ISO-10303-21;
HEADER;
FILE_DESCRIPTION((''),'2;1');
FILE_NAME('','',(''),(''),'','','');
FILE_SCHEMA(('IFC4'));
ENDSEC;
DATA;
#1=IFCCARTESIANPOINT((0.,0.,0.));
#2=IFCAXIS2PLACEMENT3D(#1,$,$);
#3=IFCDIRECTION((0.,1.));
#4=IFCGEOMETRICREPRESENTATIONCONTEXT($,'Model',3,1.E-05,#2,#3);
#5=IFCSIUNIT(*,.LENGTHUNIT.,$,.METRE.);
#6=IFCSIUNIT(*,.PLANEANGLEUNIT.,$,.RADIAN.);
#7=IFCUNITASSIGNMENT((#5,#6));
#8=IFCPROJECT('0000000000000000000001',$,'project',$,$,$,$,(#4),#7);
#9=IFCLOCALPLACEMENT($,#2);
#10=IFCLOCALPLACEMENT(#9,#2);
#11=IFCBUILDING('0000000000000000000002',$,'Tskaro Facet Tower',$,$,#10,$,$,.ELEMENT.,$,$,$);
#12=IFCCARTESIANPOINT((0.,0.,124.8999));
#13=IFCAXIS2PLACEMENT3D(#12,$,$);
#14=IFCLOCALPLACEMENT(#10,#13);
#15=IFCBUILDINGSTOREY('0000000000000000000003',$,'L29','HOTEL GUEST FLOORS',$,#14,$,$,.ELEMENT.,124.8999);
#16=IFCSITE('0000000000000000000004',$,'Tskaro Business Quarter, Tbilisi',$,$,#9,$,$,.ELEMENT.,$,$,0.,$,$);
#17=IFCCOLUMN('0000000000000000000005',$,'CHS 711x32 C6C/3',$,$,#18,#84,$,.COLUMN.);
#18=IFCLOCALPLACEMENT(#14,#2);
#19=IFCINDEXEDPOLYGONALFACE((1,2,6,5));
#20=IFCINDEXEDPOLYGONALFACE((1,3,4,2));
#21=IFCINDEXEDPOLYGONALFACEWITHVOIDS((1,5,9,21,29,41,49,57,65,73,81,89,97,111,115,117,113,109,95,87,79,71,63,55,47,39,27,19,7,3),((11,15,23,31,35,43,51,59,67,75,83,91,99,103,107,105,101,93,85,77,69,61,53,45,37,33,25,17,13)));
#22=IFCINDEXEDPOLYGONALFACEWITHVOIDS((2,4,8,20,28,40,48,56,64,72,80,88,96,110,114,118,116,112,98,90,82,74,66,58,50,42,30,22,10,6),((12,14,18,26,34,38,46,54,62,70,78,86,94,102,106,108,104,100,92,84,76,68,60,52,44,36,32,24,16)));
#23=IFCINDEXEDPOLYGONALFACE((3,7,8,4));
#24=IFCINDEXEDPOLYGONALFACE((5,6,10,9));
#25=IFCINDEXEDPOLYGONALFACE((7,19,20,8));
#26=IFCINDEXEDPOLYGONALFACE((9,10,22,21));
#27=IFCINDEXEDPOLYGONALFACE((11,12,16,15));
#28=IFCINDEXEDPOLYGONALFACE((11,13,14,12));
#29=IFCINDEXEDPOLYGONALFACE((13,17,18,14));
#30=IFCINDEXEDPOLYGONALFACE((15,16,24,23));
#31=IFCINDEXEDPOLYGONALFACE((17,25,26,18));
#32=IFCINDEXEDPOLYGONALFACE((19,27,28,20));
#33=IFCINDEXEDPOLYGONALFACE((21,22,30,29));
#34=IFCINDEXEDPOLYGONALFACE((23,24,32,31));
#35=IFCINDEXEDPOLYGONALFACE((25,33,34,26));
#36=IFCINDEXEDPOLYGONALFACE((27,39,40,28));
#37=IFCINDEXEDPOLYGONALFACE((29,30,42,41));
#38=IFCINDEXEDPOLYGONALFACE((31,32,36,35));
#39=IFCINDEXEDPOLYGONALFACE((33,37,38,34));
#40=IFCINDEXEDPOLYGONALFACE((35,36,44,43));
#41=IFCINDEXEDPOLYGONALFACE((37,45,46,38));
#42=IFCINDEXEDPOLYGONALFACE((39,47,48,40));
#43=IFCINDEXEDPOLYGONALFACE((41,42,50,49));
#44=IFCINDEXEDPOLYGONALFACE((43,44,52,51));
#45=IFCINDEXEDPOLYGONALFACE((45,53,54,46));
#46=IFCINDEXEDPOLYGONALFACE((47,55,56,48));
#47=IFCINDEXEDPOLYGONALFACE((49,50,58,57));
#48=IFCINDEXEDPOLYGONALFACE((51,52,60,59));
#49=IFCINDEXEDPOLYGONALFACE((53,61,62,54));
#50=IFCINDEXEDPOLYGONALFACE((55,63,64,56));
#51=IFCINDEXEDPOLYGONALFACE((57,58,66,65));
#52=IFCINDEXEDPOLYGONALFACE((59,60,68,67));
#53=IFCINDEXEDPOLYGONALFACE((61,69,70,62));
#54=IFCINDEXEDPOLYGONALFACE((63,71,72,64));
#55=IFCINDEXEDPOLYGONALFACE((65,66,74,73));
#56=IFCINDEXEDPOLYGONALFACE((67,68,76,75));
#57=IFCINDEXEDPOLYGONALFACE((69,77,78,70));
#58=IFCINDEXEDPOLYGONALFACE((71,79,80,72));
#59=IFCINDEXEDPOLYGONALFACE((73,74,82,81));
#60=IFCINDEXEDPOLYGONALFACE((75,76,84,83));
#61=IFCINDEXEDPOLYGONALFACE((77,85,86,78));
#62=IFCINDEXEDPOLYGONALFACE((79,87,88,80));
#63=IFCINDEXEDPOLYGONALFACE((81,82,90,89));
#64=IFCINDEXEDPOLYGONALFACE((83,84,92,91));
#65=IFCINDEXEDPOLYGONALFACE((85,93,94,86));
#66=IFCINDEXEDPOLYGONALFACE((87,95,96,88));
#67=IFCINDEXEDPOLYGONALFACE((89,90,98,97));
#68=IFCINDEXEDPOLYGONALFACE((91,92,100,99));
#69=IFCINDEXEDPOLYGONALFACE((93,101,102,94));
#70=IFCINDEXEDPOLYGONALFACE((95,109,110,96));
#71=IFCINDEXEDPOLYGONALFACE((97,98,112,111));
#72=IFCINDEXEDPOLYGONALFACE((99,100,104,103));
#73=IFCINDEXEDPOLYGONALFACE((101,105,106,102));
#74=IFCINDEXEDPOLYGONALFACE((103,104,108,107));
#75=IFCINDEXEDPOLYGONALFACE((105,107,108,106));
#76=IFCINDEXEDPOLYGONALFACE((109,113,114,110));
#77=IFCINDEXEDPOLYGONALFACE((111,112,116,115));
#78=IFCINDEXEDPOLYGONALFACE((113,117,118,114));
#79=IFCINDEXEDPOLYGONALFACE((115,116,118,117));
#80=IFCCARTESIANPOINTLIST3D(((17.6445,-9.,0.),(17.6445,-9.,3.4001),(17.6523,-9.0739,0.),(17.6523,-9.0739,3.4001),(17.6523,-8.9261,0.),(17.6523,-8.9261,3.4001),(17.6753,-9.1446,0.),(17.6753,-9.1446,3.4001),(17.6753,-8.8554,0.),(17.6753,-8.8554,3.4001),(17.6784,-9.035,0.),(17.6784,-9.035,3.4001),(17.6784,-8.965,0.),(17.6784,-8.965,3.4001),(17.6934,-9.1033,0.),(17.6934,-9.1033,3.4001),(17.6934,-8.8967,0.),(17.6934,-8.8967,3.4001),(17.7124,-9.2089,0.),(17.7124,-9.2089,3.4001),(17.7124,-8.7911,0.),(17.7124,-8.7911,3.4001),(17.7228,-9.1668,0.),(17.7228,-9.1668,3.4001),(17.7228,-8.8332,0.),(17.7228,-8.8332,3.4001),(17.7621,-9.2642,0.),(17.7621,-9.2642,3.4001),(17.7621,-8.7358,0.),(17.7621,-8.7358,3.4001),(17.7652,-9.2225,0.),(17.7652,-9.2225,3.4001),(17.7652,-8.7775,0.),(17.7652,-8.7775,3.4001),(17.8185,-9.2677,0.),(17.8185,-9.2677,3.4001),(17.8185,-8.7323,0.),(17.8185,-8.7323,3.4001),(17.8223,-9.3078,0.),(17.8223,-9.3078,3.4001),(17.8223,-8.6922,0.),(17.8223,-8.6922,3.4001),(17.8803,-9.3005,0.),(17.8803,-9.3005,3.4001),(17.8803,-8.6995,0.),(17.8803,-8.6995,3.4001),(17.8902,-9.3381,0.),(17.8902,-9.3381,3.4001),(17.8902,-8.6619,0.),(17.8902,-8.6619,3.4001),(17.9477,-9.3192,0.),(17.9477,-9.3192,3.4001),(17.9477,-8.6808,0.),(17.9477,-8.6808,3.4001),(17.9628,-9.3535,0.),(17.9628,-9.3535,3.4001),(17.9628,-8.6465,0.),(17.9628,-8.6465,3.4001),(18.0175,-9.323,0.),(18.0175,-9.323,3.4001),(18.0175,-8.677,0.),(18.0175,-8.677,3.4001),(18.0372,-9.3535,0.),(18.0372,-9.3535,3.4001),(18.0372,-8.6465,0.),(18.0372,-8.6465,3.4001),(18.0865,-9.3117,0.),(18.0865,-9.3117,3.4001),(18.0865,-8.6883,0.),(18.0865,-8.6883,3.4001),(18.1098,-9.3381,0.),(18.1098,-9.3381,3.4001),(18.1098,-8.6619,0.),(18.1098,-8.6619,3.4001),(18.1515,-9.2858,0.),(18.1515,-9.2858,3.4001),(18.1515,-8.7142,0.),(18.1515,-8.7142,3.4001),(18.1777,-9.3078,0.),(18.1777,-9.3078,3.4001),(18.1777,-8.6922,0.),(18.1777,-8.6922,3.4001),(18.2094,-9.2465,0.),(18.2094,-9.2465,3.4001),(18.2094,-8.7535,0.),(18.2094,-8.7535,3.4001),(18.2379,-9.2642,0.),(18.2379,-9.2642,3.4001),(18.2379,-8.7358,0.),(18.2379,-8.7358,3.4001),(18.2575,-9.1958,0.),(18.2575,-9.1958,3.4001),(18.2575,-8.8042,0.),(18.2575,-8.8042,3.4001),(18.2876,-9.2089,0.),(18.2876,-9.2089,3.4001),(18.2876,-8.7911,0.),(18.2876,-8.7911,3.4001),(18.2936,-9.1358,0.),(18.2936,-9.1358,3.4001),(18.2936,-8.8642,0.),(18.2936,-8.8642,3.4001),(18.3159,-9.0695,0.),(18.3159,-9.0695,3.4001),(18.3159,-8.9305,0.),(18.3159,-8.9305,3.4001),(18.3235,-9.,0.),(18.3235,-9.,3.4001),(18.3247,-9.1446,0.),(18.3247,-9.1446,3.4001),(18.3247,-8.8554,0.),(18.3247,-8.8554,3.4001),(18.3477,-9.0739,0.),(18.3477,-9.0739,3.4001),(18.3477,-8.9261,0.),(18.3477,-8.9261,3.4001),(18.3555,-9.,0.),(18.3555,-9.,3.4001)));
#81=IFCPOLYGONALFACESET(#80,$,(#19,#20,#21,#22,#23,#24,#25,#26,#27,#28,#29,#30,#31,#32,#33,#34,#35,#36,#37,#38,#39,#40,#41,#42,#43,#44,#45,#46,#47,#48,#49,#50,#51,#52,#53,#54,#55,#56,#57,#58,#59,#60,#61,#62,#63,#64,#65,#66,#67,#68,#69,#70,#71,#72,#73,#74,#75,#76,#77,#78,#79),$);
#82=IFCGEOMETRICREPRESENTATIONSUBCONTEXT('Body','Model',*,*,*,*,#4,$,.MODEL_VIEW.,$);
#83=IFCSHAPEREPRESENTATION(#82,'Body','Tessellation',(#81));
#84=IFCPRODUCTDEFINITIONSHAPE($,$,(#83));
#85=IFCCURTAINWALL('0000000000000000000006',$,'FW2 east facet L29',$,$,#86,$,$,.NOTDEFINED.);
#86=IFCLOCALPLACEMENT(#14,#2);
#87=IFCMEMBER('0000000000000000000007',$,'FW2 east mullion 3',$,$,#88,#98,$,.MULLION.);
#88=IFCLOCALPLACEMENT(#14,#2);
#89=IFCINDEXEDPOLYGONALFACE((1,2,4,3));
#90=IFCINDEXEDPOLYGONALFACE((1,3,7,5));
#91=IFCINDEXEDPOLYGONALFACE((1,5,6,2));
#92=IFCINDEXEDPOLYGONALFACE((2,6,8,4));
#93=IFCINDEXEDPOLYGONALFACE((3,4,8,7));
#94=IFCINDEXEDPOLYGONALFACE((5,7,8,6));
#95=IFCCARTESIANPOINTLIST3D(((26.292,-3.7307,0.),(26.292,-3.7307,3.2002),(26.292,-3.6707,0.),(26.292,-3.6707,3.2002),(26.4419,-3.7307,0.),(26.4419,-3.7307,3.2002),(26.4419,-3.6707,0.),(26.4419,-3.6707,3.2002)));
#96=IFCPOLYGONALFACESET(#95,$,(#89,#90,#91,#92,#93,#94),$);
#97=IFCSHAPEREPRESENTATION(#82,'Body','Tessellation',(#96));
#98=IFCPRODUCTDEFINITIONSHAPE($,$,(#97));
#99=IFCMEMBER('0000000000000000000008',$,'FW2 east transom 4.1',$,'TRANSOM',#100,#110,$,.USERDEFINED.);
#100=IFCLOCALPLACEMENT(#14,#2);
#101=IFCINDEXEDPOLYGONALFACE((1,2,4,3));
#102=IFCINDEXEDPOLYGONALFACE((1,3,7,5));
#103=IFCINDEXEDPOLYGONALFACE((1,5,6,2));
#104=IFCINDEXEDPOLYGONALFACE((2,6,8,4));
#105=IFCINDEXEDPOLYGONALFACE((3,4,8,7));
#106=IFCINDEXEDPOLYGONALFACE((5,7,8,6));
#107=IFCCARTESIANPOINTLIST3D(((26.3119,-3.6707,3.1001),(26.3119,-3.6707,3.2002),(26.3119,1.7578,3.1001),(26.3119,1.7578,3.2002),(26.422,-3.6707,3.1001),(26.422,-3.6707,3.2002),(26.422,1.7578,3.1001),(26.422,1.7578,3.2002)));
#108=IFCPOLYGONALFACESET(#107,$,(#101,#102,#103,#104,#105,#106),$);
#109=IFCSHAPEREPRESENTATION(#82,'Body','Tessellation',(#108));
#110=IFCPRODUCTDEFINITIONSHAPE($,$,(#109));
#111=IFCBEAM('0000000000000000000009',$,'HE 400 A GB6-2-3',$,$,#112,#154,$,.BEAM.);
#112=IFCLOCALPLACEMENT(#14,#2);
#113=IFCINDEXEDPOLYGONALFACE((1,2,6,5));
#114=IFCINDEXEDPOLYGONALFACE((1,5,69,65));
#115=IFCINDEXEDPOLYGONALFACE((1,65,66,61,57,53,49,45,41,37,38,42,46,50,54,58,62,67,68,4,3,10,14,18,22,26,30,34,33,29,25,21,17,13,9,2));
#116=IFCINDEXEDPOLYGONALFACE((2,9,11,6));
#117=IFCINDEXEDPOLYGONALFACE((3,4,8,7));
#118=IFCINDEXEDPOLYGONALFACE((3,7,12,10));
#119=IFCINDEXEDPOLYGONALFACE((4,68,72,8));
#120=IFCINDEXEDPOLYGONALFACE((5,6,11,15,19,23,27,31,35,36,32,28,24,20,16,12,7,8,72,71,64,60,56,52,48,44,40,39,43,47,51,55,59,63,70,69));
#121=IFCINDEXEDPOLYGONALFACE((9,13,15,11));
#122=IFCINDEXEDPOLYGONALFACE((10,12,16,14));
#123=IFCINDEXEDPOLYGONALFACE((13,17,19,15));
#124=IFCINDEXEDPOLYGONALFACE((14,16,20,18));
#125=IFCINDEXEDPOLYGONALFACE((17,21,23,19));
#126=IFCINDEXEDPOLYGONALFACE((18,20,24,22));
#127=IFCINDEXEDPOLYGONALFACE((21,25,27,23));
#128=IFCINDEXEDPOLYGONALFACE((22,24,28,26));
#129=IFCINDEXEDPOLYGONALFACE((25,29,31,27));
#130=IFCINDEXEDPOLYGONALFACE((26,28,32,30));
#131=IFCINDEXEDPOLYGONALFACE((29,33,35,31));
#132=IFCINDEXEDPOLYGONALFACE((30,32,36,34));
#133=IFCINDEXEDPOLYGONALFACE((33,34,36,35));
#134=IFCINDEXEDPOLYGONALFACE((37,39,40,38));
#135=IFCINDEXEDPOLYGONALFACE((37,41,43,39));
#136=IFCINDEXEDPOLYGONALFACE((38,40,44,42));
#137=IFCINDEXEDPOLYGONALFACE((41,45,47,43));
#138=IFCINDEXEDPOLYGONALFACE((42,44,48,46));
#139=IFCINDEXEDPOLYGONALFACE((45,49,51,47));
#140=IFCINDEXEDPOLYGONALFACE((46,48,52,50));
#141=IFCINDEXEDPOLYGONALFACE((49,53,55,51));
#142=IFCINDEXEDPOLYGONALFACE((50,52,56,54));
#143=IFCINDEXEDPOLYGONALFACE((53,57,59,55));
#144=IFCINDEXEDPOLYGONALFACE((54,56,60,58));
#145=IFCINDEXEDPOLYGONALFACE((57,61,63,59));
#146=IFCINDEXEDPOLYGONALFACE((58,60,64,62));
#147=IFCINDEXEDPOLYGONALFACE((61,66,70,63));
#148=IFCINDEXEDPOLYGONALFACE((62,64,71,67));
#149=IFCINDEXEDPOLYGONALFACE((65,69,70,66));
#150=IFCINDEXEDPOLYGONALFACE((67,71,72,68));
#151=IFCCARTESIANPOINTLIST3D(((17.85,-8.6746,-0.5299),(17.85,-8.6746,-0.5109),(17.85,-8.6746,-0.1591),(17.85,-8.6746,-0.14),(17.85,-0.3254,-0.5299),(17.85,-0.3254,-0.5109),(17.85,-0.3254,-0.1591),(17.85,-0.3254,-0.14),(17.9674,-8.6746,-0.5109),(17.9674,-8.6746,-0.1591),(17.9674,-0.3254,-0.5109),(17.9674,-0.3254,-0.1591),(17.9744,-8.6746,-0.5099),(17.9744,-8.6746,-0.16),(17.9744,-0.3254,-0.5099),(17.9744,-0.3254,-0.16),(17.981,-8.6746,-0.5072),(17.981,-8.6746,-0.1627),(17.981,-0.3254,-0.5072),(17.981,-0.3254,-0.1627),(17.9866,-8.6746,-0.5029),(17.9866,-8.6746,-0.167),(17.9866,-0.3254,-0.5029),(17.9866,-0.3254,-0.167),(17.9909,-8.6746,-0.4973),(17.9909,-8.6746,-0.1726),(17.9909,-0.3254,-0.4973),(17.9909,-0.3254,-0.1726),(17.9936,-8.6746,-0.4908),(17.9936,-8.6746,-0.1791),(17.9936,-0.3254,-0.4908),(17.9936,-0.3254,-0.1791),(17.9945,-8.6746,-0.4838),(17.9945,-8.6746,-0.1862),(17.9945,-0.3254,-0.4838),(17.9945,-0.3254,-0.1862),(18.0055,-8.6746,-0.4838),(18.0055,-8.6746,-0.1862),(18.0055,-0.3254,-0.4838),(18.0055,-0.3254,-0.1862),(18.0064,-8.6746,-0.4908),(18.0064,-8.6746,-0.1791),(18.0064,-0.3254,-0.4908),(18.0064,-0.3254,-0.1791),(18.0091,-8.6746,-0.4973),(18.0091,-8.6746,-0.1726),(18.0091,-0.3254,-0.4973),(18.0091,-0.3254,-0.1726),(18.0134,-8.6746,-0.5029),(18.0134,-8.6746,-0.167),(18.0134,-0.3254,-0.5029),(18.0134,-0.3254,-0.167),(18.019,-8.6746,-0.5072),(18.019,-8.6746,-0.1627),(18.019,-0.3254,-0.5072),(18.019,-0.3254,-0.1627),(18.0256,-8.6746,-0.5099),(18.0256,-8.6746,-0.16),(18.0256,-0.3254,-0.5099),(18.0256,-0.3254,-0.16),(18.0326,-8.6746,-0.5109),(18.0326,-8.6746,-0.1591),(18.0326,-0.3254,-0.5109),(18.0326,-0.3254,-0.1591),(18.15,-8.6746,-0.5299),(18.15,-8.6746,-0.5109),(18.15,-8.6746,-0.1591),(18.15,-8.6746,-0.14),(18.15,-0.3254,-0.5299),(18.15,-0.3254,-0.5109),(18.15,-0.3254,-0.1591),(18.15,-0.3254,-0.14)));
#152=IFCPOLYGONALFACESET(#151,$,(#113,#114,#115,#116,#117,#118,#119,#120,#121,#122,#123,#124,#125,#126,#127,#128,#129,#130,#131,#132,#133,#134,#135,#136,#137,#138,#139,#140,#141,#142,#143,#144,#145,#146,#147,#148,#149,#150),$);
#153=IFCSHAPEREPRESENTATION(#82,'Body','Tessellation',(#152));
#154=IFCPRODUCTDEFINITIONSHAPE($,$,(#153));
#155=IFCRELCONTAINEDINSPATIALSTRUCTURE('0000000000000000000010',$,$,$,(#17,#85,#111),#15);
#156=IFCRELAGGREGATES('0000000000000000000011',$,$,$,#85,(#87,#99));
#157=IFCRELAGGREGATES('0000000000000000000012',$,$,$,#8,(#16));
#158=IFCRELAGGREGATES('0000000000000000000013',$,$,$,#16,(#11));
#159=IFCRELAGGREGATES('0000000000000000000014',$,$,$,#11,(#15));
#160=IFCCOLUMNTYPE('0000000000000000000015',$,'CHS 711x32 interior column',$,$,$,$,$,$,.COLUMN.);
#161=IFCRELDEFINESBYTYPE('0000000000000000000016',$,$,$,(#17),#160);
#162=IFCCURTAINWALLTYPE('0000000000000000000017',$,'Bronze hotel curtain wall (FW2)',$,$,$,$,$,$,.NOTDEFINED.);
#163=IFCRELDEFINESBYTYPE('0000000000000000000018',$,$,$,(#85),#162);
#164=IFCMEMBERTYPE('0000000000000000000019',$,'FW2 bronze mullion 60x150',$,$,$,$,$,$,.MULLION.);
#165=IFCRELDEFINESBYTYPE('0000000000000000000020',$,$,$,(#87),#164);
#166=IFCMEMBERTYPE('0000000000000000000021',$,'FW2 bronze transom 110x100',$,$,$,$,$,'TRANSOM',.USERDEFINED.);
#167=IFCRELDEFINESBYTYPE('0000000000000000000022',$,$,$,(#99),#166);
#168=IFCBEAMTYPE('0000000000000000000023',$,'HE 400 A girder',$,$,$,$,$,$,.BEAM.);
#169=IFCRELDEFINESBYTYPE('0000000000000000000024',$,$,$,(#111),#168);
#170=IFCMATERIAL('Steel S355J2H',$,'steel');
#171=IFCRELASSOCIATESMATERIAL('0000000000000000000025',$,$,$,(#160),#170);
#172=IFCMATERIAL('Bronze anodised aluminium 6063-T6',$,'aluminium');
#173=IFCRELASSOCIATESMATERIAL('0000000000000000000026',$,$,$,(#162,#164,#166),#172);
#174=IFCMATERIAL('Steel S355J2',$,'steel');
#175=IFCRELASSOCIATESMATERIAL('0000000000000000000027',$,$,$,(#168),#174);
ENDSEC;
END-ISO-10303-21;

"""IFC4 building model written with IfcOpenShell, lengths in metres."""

from ifc_helpers import new_model, si_unit, direction, frame, origin, origin_2d, place, context, subcontext, project, spatial, rectangle, hollow_circle, i_section, extrude, material, material_profile, profile_set, type_object, element, aggregate, save


model = new_model("IFC4")

# Units and contexts
model_context = context("Model", 3, precision=1e-05, world=origin(), true_north=direction((0.0, 1.0)))
body_context = subcontext(model_context, "Body", "Model", "MODEL_VIEW")
ifc_project = project(units=[si_unit("LENGTHUNIT", "METRE"), si_unit("PLANEANGLEUNIT", "RADIAN")], contexts=[model_context])

# Site, building, storey
site_placement = place(None, origin())
site = spatial("IfcSite", under=ifc_project, at=site_placement, Name="Tskaro Business Quarter, Tbilisi", CompositionType="ELEMENT", RefElevation=0.0)
building_placement = place(site_placement, origin())
building = spatial("IfcBuilding", under=site, at=building_placement, Name="Tskaro Facet Tower", CompositionType="ELEMENT")
storey_placement = place(building_placement, frame((0.0, 0.0, 124.8999)))
storey = spatial("IfcBuildingStorey", under=building, at=storey_placement, Name="L29", Description="HOTEL GUEST FLOORS", CompositionType="ELEMENT", Elevation=124.8999)

# Column
ifc_material_1 = material(Name="Steel S355J2H", Category="steel")
ifc_material_profile_1 = material_profile(ifc_material_1, hollow_circle(Radius=0.3555, WallThickness=0.032, at=origin_2d()), Name="CHS 711x32")
ifc_profile_set_1 = profile_set([ifc_material_profile_1], Name="Steel S355J2H")
column_type = type_object("IfcColumnType", Name="CHS 711x32 interior column", PredefinedType="COLUMN", material=ifc_profile_set_1)
column_placement = place(storey_placement, frame((18.0, -9.0, 0.0), z_axis=(0.0, 0.0, 1.0), x_axis=(1.0, 0.0, 0.0)))
element("IfcColumn", 1, at=column_placement, inside=storey, type_object=column_type, Name="CHS 711x32 C6C/3", PredefinedType="COLUMN", context=body_context, shape_type="SweptSolid", body=[
    extrude(hollow_circle(Radius=0.3555, WallThickness=0.032, at=origin_2d()), origin(), (0.0, 0.0, 1.0), 3.4001),
])

# Curtain wall, members
ifc_material_2 = material(Name="Bronze anodised aluminium 6063-T6", Category="aluminium")
curtain_wall_type = type_object("IfcCurtainWallType", Name="Bronze hotel curtain wall (FW2)", PredefinedType="NOTDEFINED", material=ifc_material_2)
curtain_wall_placement = place(storey_placement, origin())
curtain_wall = element("IfcCurtainWall", 2, at=curtain_wall_placement, inside=storey, type_object=curtain_wall_type, Name="FW2 east facet L29", PredefinedType="NOTDEFINED")
ifc_material_profile_2 = material_profile(ifc_material_2, rectangle(XDim=0.0601, YDim=0.1499, at=origin_2d()), Name="Mullion 60x150")
ifc_profile_set_2 = profile_set([ifc_material_profile_2], Name="Bronze anodised aluminium 6063-T6")
member_type_1 = type_object("IfcMemberType", Name="FW2 bronze mullion 60x150", PredefinedType="MULLION", material=ifc_profile_set_2)
member_1_placement = place(storey_placement, frame((26.3669, -3.7007, 0.0), z_axis=(0.0, 0.0, 1.0), x_axis=(0.0, 1.0, 0.0)))
member_1 = element("IfcMember", 3, at=member_1_placement, type_object=member_type_1, Name="FW2 east mullion 3", PredefinedType="MULLION", context=body_context, shape_type="SweptSolid", body=[
    extrude(rectangle(XDim=0.0601, YDim=0.1499, at=origin_2d()), origin(), (0.0, 0.0, 1.0), 3.2002),
])
ifc_material_profile_3 = material_profile(ifc_material_2, rectangle(XDim=0.1101, YDim=0.1001, at=origin_2d()), Name="Transom 110x100")
ifc_profile_set_3 = profile_set([ifc_material_profile_3], Name="Bronze anodised aluminium 6063-T6")
member_type_2 = type_object("IfcMemberType", Name="FW2 bronze transom 110x100", ElementType="TRANSOM", PredefinedType="USERDEFINED", material=ifc_profile_set_3)
member_2_placement = place(storey_placement, frame((26.3669, -3.6707, 3.1501), z_axis=(0.0, 1.0, 0.0), x_axis=(-1.0, 0.0, 0.0)))
member_2 = element("IfcMember", 4, at=member_2_placement, type_object=member_type_2, Name="FW2 east transom 4.1", ObjectType="TRANSOM", PredefinedType="USERDEFINED", context=body_context, shape_type="SweptSolid", body=[
    extrude(rectangle(XDim=0.1101, YDim=0.1001, at=origin_2d()), origin(), (0.0, 0.0, 1.0), 5.4285),
])

# Beam
ifc_material_3 = material(Name="Steel S355J2", Category="steel")
ifc_material_profile_4 = material_profile(ifc_material_3, i_section(OverallWidth=0.3, OverallDepth=0.3899, WebThickness=0.011, FlangeThickness=0.019, FilletRadius=0.0271, at=origin_2d()), Name="HE 400 A")
ifc_profile_set_4 = profile_set([ifc_material_profile_4], Name="Steel S355J2")
beam_type_1 = type_object("IfcBeamType", Name="HE 400 A girder", PredefinedType="BEAM", material=ifc_profile_set_4)
beam_1_placement = place(storey_placement, frame((18.0, -8.6746, -0.335), z_axis=(0.0, 1.0, 0.0), x_axis=(-1.0, 0.0, 0.0)))
element("IfcBeam", 5, at=beam_1_placement, inside=storey, type_object=beam_type_1, Name="HE 400 A GB6-2-3", PredefinedType="BEAM", context=body_context, shape_type="SweptSolid", body=[
    extrude(i_section(OverallWidth=0.3, OverallDepth=0.3899, WebThickness=0.011, FlangeThickness=0.019, FilletRadius=0.0271, at=origin_2d()), origin(), (0.0, 0.0, 1.0), 8.3491),
])

aggregate(curtain_wall, [member_1, member_2])

save(model, "model.ifc")
